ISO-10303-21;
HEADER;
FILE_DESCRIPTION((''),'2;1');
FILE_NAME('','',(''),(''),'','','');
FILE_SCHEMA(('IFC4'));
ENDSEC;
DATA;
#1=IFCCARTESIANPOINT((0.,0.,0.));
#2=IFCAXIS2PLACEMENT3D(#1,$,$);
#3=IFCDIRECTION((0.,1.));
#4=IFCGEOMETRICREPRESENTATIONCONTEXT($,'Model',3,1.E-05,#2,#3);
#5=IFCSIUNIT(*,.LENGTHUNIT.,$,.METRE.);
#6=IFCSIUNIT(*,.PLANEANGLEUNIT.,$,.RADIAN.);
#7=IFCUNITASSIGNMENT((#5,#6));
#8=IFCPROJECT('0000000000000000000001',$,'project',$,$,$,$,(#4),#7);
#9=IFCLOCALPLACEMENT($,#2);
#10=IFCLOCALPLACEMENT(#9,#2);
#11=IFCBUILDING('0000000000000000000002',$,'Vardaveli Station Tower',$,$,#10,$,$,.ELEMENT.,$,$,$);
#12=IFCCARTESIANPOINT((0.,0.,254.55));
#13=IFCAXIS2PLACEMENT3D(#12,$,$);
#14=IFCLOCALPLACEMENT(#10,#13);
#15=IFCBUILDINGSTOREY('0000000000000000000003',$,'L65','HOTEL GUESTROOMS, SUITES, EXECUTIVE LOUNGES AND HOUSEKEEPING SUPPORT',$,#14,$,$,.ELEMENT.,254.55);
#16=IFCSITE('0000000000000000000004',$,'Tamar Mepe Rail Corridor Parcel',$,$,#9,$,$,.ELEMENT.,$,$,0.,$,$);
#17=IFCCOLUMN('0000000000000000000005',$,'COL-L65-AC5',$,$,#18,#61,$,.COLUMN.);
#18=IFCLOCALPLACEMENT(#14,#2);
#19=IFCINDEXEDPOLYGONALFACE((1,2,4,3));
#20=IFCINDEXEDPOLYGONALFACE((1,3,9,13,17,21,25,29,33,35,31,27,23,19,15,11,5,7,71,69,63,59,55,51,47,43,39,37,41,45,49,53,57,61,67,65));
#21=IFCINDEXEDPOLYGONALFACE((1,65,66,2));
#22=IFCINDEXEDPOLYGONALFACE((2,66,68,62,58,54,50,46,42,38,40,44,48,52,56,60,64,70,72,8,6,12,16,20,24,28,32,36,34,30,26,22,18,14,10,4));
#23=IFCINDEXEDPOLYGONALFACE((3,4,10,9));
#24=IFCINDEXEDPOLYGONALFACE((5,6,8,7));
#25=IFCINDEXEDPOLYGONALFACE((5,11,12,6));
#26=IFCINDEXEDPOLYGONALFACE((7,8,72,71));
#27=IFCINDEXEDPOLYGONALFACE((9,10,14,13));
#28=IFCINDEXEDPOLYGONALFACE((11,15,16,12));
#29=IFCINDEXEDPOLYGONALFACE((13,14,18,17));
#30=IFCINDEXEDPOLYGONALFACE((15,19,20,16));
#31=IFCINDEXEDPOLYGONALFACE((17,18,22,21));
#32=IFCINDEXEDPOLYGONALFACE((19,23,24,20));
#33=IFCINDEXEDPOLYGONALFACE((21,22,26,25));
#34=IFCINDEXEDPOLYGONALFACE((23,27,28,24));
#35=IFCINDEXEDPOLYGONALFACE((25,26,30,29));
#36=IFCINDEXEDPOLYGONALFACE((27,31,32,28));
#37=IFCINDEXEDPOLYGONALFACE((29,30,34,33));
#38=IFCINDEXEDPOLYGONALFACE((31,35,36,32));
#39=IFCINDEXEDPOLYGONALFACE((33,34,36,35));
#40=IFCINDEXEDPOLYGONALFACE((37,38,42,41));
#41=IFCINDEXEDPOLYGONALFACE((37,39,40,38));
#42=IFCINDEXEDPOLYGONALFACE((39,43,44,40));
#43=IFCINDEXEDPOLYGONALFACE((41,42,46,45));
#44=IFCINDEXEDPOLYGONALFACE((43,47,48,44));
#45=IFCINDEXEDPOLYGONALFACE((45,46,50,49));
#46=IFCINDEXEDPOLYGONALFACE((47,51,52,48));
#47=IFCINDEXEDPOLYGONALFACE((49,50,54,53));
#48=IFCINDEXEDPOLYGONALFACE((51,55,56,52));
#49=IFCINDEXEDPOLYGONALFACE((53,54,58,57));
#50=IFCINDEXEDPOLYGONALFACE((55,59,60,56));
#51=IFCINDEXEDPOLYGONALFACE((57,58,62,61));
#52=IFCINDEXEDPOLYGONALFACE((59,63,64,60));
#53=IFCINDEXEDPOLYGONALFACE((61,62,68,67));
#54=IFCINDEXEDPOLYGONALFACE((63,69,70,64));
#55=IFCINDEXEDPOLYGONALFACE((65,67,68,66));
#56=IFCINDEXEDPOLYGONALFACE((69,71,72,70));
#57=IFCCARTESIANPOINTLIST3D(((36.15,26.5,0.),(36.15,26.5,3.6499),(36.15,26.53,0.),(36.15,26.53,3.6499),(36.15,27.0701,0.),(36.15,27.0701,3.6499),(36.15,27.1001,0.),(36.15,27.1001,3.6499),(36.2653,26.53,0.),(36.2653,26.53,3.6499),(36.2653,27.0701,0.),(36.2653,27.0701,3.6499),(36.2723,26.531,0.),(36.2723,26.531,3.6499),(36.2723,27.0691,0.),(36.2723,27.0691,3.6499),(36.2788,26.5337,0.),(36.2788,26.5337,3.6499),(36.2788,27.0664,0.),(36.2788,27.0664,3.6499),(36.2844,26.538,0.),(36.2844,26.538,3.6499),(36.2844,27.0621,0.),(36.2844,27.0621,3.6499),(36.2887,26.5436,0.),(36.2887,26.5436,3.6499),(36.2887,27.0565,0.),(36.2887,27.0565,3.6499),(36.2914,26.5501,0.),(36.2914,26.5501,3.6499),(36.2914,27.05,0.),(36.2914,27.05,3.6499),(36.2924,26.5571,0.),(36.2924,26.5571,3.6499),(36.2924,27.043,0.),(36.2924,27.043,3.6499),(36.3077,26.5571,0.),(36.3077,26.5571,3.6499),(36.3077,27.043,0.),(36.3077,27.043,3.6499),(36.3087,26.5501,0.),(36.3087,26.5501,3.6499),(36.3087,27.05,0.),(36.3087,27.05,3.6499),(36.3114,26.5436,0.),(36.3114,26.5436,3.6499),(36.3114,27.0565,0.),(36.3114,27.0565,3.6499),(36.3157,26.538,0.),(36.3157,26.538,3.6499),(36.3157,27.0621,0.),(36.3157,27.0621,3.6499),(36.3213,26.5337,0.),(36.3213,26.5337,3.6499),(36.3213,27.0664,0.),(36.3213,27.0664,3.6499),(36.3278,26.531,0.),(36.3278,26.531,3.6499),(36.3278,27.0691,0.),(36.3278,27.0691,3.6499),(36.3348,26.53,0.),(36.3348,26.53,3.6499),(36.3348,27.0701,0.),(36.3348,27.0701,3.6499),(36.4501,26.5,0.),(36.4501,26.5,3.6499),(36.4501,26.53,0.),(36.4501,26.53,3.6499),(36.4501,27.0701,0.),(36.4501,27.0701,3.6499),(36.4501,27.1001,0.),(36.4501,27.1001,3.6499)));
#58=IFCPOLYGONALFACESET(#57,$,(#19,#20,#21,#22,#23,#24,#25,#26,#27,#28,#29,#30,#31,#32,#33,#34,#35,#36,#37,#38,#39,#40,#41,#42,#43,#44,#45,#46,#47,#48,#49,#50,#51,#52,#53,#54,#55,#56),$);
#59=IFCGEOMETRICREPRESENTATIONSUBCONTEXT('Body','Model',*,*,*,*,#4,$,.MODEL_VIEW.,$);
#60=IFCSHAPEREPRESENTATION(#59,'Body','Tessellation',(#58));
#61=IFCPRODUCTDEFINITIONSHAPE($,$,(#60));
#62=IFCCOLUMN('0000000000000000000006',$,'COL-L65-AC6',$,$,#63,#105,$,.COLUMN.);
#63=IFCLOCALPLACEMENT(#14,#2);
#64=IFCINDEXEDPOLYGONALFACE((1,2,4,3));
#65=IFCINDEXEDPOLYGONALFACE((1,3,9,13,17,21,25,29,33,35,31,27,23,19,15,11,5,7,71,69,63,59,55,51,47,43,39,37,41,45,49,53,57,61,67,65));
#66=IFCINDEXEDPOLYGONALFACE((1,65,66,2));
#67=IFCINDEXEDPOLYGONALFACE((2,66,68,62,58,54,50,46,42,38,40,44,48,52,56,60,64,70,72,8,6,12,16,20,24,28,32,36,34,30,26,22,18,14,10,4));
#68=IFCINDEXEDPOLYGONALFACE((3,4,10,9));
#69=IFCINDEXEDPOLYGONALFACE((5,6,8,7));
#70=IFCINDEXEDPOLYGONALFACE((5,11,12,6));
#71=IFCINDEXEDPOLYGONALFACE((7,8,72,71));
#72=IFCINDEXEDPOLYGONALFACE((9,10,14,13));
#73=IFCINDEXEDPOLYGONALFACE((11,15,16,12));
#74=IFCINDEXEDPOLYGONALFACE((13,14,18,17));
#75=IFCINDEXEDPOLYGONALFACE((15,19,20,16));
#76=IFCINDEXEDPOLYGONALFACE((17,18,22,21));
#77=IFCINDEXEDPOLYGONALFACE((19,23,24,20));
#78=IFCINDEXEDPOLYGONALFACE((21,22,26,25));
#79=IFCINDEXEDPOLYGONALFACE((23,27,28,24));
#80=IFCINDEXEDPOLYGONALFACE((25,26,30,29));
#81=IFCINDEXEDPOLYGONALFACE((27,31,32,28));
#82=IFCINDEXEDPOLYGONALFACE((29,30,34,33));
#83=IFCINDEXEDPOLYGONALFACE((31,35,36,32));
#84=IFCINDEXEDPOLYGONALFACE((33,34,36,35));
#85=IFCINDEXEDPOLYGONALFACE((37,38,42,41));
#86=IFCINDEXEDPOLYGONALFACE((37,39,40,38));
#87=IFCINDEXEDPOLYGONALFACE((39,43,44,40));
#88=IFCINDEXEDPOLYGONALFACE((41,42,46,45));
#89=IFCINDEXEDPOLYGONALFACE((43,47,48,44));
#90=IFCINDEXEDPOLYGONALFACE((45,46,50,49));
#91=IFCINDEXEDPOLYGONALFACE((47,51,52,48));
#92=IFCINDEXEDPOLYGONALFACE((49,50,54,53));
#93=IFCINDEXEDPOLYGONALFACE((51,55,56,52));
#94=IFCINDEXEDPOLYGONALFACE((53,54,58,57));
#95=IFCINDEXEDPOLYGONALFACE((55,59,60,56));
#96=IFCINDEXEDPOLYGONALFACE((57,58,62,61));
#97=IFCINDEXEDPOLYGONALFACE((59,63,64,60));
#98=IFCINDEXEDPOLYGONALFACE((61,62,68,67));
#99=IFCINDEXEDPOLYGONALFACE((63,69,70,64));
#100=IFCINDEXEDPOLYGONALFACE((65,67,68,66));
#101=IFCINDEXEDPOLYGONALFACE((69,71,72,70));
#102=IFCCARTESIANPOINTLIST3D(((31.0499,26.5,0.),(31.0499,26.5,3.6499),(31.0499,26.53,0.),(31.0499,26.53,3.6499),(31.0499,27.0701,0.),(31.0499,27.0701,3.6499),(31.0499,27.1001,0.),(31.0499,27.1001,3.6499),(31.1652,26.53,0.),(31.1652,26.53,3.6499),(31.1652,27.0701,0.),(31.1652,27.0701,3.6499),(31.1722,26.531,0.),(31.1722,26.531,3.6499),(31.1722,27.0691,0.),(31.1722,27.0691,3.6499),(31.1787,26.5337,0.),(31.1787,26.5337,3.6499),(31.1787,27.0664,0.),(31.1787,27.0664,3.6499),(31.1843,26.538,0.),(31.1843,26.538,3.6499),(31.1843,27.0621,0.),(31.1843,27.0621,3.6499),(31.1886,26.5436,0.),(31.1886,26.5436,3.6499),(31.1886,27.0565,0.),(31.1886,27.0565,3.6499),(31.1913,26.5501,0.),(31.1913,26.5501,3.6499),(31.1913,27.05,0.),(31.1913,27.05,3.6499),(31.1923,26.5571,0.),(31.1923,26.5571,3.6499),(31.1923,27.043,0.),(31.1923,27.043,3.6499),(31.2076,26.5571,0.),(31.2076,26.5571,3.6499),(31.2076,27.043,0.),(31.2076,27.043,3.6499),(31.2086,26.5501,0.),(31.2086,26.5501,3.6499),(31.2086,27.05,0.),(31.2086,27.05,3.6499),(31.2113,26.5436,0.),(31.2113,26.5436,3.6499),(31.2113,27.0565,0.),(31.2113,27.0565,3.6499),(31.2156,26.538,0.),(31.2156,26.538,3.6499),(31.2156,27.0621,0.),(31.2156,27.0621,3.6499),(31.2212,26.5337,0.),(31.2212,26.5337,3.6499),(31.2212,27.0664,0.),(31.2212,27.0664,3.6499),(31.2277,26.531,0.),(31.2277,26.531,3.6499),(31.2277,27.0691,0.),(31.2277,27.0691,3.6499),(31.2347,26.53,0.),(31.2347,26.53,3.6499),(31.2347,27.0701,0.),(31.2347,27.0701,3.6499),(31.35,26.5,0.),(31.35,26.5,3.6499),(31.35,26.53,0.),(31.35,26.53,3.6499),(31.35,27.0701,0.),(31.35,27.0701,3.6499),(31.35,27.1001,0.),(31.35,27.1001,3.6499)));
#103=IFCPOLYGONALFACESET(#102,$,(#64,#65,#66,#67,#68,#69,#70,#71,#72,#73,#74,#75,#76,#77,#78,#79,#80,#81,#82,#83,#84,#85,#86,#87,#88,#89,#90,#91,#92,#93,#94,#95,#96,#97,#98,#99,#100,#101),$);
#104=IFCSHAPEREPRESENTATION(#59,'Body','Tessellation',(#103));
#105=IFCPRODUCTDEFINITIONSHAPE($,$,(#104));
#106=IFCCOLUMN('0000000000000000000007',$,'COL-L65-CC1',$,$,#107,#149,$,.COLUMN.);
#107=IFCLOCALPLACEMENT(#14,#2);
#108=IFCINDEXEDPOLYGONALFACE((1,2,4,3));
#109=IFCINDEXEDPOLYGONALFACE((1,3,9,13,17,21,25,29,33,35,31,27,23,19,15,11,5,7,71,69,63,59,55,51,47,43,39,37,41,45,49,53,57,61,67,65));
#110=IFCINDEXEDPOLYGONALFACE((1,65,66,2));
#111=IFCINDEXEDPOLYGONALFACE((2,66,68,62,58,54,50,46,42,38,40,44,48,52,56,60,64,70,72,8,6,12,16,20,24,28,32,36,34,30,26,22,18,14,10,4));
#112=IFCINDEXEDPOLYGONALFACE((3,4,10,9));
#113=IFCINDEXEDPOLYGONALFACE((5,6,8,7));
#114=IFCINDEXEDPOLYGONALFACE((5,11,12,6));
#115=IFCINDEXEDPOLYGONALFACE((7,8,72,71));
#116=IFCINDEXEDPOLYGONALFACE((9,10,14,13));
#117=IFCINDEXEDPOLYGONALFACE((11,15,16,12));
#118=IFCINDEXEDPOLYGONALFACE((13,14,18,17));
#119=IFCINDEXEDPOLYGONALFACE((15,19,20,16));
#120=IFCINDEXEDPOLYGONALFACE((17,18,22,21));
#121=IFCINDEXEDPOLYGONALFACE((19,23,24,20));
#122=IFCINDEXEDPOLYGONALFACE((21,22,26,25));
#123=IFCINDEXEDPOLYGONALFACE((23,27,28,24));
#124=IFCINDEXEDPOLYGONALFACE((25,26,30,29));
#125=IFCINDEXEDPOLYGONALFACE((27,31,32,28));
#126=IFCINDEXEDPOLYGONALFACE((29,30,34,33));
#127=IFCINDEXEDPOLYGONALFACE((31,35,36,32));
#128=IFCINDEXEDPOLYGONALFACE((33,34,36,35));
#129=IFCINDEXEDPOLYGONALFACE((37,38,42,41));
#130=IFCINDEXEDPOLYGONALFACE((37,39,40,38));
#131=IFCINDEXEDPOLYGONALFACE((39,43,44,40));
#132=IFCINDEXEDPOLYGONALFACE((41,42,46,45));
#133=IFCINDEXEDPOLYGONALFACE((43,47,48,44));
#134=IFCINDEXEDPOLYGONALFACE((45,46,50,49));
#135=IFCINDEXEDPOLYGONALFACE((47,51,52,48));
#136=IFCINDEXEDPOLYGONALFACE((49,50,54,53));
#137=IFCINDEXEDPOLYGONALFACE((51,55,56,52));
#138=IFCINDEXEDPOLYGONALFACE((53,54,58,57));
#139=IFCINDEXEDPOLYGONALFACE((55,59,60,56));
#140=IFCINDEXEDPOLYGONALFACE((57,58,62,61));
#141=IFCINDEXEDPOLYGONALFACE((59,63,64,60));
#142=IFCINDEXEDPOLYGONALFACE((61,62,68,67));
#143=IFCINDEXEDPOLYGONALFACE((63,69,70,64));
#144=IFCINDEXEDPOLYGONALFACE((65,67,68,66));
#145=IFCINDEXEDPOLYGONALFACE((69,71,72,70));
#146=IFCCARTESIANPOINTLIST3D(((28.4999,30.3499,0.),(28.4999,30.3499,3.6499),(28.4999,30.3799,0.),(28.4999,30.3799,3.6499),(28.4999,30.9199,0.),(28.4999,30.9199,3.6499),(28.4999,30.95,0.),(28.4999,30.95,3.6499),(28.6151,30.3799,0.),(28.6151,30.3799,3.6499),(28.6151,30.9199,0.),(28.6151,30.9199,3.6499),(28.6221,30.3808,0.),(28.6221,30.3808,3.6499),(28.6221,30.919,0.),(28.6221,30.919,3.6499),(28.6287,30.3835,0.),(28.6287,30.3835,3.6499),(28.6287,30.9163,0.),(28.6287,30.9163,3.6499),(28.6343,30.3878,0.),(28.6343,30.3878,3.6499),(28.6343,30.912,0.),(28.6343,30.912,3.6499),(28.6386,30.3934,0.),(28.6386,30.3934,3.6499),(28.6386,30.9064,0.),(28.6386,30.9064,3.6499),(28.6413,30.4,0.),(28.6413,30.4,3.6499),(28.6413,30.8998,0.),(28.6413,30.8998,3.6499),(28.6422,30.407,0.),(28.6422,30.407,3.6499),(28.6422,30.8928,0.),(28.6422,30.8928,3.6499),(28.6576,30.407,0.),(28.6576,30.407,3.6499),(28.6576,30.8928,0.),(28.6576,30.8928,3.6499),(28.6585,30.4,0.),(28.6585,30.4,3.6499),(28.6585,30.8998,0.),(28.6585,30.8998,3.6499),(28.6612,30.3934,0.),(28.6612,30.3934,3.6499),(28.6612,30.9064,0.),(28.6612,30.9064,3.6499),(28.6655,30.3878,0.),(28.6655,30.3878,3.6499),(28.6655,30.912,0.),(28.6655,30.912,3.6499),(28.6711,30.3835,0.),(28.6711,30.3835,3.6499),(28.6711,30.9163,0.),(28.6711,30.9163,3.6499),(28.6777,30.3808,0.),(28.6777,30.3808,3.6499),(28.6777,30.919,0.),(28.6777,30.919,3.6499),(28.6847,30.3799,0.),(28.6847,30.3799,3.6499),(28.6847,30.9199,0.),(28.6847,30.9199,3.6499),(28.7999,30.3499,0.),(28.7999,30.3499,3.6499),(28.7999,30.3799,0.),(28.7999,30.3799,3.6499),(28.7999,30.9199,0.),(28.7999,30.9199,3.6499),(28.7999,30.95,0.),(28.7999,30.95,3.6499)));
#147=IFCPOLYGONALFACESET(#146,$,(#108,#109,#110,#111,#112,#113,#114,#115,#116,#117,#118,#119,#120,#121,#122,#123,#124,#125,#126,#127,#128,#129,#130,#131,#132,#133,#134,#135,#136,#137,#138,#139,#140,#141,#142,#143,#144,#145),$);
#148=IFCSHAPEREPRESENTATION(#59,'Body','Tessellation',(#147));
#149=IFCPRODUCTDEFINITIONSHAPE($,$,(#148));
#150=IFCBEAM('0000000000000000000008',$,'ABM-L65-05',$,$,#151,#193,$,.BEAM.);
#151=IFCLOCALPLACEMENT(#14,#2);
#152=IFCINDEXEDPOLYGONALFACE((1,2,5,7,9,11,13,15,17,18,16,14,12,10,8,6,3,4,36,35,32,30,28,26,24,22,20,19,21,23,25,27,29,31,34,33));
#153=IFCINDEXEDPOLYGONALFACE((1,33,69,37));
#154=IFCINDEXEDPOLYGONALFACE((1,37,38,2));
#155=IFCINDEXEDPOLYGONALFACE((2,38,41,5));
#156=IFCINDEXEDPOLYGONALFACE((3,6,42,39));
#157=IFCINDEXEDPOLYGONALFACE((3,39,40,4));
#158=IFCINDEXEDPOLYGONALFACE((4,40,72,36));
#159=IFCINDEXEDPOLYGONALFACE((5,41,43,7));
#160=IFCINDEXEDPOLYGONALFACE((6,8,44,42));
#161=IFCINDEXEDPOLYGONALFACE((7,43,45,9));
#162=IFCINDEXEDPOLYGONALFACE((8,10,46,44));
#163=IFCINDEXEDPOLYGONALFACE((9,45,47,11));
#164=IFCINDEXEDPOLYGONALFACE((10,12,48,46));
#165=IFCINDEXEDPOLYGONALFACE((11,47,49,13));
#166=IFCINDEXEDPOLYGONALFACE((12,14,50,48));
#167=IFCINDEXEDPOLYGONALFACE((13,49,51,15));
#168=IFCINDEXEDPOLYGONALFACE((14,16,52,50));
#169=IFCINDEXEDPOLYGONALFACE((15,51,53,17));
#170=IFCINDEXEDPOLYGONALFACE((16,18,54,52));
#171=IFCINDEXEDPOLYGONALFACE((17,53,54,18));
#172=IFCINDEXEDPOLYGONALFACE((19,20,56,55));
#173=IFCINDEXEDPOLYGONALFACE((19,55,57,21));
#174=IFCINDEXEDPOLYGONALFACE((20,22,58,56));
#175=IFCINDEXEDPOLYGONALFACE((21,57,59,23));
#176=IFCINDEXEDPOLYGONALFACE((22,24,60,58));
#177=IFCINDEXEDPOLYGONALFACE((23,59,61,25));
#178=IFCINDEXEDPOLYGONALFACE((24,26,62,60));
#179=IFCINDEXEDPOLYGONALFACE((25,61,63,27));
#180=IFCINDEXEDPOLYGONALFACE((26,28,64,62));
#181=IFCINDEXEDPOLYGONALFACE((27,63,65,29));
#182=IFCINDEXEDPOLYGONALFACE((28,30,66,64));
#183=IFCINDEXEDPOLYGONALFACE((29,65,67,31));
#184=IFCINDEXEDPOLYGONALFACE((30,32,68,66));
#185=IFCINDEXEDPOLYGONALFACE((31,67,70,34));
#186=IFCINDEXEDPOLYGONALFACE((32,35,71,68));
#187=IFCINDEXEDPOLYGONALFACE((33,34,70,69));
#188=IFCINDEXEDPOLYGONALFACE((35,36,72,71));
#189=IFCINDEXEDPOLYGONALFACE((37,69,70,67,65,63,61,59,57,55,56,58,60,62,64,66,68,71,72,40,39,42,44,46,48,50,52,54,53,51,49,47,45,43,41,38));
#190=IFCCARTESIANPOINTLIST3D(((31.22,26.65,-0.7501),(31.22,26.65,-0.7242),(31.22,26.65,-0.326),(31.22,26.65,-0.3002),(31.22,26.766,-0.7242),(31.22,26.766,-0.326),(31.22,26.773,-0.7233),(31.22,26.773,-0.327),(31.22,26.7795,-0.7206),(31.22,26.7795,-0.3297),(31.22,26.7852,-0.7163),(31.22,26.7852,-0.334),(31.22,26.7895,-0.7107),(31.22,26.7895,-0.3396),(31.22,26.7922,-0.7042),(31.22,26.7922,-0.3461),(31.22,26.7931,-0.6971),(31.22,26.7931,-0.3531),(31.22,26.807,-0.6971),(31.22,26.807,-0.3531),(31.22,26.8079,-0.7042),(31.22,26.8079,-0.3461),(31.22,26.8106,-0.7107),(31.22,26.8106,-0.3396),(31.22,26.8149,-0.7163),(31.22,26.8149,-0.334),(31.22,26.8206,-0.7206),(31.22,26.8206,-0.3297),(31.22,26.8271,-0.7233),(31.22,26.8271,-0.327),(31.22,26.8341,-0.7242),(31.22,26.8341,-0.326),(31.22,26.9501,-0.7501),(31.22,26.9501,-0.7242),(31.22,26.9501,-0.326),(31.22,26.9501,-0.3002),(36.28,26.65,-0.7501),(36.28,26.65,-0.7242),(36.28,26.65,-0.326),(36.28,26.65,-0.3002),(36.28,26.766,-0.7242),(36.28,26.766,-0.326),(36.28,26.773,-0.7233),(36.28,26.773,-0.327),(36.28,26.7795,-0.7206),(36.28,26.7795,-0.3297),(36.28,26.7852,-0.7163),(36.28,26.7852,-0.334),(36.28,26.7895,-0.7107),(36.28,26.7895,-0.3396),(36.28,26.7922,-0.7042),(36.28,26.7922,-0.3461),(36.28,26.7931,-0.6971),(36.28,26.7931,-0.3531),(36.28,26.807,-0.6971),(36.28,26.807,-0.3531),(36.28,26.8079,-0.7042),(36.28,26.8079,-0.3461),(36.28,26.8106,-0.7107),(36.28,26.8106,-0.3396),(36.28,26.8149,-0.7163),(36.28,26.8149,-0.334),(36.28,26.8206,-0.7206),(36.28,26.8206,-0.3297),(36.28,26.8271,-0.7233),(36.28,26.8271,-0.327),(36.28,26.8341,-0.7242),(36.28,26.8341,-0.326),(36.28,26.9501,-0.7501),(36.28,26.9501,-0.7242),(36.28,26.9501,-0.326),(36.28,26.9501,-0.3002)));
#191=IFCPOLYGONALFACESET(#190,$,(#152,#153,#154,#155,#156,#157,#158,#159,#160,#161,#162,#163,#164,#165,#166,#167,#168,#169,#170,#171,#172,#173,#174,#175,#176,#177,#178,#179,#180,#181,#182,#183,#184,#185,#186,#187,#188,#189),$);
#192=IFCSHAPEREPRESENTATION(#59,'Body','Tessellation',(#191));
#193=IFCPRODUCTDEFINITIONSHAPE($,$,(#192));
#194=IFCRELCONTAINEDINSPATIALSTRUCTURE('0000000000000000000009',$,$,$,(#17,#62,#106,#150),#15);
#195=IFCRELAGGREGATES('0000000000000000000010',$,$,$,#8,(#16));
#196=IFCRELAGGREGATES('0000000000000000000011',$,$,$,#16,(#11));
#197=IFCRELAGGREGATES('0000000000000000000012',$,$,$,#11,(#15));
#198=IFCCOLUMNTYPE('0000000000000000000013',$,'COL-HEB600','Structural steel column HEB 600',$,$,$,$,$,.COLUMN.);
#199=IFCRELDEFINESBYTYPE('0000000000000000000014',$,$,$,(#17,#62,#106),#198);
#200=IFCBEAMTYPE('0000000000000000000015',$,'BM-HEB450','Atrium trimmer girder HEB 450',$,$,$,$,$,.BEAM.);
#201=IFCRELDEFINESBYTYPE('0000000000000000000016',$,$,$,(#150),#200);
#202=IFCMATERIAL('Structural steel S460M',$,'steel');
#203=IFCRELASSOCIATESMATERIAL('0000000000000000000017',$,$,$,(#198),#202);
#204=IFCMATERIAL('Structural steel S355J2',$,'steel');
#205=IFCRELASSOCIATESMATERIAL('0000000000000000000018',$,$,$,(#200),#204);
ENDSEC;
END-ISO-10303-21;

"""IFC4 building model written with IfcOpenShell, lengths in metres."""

from ifc_helpers import new_model, si_unit, direction, frame, origin, origin_2d, place, context, subcontext, project, spatial, i_section, extrude, source, transform, mapped, material, material_profile, profile_set, type_object, element, save


model = new_model("IFC4")

# Units and contexts
model_context = context("Model", 3, precision=1e-05, world=origin(), true_north=direction((0.0, 1.0)))
body_context = subcontext(model_context, "Body", "Model", "MODEL_VIEW")
ifc_project = project(units=[si_unit("LENGTHUNIT", "METRE"), si_unit("PLANEANGLEUNIT", "RADIAN")], contexts=[model_context])

# Site, building, storey
site_placement = place(None, origin())
site = spatial("IfcSite", under=ifc_project, at=site_placement, Name="Tamar Mepe Rail Corridor Parcel", CompositionType="ELEMENT", RefElevation=0.0)
building_placement = place(site_placement, origin())
building = spatial("IfcBuilding", under=site, at=building_placement, Name="Vardaveli Station Tower", CompositionType="ELEMENT")
storey_placement = place(building_placement, frame((0.0, 0.0, 254.55)))
storey = spatial("IfcBuildingStorey", under=building, at=storey_placement, Name="L65", Description="HOTEL GUESTROOMS, SUITES, EXECUTIVE LOUNGES AND HOUSEKEEPING SUPPORT", CompositionType="ELEMENT", Elevation=254.55)

# Columns
ifc_material_1 = material(Name="Structural steel S460M", Category="steel")
ifc_material_profile_1 = material_profile(ifc_material_1, i_section(OverallWidth=0.3, OverallDepth=0.6001, WebThickness=0.0154, FlangeThickness=0.03, FilletRadius=0.0271, at=origin_2d()), Name="HEB 600")
ifc_profile_set_1 = profile_set([ifc_material_profile_1], Name="Structural steel S460M")
column_type = type_object("IfcColumnType", Name="COL-HEB600", Description="Structural steel column HEB 600", PredefinedType="COLUMN", material=ifc_profile_set_1)
shared_shape_1 = source(origin(), body_context, "Body", "SweptSolid", [
    extrude(i_section(OverallWidth=0.3, OverallDepth=0.6001, WebThickness=0.0154, FlangeThickness=0.03, FilletRadius=0.0271, at=origin_2d()), origin(), (0.0, 0.0, 1.0), 3.6499),
])
for number, where, z_axis, x_axis, name in (
    (1, (36.3, 26.8, 0.0), (0.0, 0.0, 1.0), (1.0, 0.0, 0.0), "COL-L65-AC5"),
    (2, (31.2, 26.8, 0.0), (0.0, 0.0, 1.0), (1.0, 0.0, 0.0), "COL-L65-AC6"),
    (3, (28.6499, 30.6499, 0.0), (0.0, 0.0, 1.0), (1.0, 0.0, 0.0), "COL-L65-CC1"),
):
    element("IfcColumn", number, at=place(storey_placement, frame(where, z_axis=z_axis, x_axis=x_axis)), inside=storey, type_object=column_type, Name=name, PredefinedType="COLUMN", context=body_context, shape_type="MappedRepresentation", body=[
        mapped(shared_shape_1, transform((0.0, 0.0, 0.0), scale=1.0)),
    ])

# Beam
ifc_material_2 = material(Name="Structural steel S355J2", Category="steel")
ifc_material_profile_2 = material_profile(ifc_material_2, i_section(OverallWidth=0.3, OverallDepth=0.45, WebThickness=0.0139, FlangeThickness=0.0259, FilletRadius=0.0271, at=origin_2d()), Name="HEB 450")
ifc_profile_set_2 = profile_set([ifc_material_profile_2], Name="Structural steel S355J2")
beam_type_1 = type_object("IfcBeamType", Name="BM-HEB450", Description="Atrium trimmer girder HEB 450", PredefinedType="BEAM", material=ifc_profile_set_2)
shared_shape_2 = source(origin(), body_context, "Body", "SweptSolid", [
    extrude(i_section(OverallWidth=0.3, OverallDepth=0.45, WebThickness=0.0139, FlangeThickness=0.0259, FilletRadius=0.0271, at=origin_2d()), origin(), (0.0, 0.0, 1.0), 5.0601),
])
beam_1_placement = place(storey_placement, frame((36.28, 26.8, -0.5251), z_axis=(-1.0, 0.0, 0.0), x_axis=(0.0, -1.0, 0.0)))
element("IfcBeam", 4, at=beam_1_placement, inside=storey, type_object=beam_type_1, Name="ABM-L65-05", PredefinedType="BEAM", context=body_context, shape_type="MappedRepresentation", body=[
    mapped(shared_shape_2, transform((0.0, 0.0, 0.0), scale=1.0)),
])

save(model, "model.ifc")
